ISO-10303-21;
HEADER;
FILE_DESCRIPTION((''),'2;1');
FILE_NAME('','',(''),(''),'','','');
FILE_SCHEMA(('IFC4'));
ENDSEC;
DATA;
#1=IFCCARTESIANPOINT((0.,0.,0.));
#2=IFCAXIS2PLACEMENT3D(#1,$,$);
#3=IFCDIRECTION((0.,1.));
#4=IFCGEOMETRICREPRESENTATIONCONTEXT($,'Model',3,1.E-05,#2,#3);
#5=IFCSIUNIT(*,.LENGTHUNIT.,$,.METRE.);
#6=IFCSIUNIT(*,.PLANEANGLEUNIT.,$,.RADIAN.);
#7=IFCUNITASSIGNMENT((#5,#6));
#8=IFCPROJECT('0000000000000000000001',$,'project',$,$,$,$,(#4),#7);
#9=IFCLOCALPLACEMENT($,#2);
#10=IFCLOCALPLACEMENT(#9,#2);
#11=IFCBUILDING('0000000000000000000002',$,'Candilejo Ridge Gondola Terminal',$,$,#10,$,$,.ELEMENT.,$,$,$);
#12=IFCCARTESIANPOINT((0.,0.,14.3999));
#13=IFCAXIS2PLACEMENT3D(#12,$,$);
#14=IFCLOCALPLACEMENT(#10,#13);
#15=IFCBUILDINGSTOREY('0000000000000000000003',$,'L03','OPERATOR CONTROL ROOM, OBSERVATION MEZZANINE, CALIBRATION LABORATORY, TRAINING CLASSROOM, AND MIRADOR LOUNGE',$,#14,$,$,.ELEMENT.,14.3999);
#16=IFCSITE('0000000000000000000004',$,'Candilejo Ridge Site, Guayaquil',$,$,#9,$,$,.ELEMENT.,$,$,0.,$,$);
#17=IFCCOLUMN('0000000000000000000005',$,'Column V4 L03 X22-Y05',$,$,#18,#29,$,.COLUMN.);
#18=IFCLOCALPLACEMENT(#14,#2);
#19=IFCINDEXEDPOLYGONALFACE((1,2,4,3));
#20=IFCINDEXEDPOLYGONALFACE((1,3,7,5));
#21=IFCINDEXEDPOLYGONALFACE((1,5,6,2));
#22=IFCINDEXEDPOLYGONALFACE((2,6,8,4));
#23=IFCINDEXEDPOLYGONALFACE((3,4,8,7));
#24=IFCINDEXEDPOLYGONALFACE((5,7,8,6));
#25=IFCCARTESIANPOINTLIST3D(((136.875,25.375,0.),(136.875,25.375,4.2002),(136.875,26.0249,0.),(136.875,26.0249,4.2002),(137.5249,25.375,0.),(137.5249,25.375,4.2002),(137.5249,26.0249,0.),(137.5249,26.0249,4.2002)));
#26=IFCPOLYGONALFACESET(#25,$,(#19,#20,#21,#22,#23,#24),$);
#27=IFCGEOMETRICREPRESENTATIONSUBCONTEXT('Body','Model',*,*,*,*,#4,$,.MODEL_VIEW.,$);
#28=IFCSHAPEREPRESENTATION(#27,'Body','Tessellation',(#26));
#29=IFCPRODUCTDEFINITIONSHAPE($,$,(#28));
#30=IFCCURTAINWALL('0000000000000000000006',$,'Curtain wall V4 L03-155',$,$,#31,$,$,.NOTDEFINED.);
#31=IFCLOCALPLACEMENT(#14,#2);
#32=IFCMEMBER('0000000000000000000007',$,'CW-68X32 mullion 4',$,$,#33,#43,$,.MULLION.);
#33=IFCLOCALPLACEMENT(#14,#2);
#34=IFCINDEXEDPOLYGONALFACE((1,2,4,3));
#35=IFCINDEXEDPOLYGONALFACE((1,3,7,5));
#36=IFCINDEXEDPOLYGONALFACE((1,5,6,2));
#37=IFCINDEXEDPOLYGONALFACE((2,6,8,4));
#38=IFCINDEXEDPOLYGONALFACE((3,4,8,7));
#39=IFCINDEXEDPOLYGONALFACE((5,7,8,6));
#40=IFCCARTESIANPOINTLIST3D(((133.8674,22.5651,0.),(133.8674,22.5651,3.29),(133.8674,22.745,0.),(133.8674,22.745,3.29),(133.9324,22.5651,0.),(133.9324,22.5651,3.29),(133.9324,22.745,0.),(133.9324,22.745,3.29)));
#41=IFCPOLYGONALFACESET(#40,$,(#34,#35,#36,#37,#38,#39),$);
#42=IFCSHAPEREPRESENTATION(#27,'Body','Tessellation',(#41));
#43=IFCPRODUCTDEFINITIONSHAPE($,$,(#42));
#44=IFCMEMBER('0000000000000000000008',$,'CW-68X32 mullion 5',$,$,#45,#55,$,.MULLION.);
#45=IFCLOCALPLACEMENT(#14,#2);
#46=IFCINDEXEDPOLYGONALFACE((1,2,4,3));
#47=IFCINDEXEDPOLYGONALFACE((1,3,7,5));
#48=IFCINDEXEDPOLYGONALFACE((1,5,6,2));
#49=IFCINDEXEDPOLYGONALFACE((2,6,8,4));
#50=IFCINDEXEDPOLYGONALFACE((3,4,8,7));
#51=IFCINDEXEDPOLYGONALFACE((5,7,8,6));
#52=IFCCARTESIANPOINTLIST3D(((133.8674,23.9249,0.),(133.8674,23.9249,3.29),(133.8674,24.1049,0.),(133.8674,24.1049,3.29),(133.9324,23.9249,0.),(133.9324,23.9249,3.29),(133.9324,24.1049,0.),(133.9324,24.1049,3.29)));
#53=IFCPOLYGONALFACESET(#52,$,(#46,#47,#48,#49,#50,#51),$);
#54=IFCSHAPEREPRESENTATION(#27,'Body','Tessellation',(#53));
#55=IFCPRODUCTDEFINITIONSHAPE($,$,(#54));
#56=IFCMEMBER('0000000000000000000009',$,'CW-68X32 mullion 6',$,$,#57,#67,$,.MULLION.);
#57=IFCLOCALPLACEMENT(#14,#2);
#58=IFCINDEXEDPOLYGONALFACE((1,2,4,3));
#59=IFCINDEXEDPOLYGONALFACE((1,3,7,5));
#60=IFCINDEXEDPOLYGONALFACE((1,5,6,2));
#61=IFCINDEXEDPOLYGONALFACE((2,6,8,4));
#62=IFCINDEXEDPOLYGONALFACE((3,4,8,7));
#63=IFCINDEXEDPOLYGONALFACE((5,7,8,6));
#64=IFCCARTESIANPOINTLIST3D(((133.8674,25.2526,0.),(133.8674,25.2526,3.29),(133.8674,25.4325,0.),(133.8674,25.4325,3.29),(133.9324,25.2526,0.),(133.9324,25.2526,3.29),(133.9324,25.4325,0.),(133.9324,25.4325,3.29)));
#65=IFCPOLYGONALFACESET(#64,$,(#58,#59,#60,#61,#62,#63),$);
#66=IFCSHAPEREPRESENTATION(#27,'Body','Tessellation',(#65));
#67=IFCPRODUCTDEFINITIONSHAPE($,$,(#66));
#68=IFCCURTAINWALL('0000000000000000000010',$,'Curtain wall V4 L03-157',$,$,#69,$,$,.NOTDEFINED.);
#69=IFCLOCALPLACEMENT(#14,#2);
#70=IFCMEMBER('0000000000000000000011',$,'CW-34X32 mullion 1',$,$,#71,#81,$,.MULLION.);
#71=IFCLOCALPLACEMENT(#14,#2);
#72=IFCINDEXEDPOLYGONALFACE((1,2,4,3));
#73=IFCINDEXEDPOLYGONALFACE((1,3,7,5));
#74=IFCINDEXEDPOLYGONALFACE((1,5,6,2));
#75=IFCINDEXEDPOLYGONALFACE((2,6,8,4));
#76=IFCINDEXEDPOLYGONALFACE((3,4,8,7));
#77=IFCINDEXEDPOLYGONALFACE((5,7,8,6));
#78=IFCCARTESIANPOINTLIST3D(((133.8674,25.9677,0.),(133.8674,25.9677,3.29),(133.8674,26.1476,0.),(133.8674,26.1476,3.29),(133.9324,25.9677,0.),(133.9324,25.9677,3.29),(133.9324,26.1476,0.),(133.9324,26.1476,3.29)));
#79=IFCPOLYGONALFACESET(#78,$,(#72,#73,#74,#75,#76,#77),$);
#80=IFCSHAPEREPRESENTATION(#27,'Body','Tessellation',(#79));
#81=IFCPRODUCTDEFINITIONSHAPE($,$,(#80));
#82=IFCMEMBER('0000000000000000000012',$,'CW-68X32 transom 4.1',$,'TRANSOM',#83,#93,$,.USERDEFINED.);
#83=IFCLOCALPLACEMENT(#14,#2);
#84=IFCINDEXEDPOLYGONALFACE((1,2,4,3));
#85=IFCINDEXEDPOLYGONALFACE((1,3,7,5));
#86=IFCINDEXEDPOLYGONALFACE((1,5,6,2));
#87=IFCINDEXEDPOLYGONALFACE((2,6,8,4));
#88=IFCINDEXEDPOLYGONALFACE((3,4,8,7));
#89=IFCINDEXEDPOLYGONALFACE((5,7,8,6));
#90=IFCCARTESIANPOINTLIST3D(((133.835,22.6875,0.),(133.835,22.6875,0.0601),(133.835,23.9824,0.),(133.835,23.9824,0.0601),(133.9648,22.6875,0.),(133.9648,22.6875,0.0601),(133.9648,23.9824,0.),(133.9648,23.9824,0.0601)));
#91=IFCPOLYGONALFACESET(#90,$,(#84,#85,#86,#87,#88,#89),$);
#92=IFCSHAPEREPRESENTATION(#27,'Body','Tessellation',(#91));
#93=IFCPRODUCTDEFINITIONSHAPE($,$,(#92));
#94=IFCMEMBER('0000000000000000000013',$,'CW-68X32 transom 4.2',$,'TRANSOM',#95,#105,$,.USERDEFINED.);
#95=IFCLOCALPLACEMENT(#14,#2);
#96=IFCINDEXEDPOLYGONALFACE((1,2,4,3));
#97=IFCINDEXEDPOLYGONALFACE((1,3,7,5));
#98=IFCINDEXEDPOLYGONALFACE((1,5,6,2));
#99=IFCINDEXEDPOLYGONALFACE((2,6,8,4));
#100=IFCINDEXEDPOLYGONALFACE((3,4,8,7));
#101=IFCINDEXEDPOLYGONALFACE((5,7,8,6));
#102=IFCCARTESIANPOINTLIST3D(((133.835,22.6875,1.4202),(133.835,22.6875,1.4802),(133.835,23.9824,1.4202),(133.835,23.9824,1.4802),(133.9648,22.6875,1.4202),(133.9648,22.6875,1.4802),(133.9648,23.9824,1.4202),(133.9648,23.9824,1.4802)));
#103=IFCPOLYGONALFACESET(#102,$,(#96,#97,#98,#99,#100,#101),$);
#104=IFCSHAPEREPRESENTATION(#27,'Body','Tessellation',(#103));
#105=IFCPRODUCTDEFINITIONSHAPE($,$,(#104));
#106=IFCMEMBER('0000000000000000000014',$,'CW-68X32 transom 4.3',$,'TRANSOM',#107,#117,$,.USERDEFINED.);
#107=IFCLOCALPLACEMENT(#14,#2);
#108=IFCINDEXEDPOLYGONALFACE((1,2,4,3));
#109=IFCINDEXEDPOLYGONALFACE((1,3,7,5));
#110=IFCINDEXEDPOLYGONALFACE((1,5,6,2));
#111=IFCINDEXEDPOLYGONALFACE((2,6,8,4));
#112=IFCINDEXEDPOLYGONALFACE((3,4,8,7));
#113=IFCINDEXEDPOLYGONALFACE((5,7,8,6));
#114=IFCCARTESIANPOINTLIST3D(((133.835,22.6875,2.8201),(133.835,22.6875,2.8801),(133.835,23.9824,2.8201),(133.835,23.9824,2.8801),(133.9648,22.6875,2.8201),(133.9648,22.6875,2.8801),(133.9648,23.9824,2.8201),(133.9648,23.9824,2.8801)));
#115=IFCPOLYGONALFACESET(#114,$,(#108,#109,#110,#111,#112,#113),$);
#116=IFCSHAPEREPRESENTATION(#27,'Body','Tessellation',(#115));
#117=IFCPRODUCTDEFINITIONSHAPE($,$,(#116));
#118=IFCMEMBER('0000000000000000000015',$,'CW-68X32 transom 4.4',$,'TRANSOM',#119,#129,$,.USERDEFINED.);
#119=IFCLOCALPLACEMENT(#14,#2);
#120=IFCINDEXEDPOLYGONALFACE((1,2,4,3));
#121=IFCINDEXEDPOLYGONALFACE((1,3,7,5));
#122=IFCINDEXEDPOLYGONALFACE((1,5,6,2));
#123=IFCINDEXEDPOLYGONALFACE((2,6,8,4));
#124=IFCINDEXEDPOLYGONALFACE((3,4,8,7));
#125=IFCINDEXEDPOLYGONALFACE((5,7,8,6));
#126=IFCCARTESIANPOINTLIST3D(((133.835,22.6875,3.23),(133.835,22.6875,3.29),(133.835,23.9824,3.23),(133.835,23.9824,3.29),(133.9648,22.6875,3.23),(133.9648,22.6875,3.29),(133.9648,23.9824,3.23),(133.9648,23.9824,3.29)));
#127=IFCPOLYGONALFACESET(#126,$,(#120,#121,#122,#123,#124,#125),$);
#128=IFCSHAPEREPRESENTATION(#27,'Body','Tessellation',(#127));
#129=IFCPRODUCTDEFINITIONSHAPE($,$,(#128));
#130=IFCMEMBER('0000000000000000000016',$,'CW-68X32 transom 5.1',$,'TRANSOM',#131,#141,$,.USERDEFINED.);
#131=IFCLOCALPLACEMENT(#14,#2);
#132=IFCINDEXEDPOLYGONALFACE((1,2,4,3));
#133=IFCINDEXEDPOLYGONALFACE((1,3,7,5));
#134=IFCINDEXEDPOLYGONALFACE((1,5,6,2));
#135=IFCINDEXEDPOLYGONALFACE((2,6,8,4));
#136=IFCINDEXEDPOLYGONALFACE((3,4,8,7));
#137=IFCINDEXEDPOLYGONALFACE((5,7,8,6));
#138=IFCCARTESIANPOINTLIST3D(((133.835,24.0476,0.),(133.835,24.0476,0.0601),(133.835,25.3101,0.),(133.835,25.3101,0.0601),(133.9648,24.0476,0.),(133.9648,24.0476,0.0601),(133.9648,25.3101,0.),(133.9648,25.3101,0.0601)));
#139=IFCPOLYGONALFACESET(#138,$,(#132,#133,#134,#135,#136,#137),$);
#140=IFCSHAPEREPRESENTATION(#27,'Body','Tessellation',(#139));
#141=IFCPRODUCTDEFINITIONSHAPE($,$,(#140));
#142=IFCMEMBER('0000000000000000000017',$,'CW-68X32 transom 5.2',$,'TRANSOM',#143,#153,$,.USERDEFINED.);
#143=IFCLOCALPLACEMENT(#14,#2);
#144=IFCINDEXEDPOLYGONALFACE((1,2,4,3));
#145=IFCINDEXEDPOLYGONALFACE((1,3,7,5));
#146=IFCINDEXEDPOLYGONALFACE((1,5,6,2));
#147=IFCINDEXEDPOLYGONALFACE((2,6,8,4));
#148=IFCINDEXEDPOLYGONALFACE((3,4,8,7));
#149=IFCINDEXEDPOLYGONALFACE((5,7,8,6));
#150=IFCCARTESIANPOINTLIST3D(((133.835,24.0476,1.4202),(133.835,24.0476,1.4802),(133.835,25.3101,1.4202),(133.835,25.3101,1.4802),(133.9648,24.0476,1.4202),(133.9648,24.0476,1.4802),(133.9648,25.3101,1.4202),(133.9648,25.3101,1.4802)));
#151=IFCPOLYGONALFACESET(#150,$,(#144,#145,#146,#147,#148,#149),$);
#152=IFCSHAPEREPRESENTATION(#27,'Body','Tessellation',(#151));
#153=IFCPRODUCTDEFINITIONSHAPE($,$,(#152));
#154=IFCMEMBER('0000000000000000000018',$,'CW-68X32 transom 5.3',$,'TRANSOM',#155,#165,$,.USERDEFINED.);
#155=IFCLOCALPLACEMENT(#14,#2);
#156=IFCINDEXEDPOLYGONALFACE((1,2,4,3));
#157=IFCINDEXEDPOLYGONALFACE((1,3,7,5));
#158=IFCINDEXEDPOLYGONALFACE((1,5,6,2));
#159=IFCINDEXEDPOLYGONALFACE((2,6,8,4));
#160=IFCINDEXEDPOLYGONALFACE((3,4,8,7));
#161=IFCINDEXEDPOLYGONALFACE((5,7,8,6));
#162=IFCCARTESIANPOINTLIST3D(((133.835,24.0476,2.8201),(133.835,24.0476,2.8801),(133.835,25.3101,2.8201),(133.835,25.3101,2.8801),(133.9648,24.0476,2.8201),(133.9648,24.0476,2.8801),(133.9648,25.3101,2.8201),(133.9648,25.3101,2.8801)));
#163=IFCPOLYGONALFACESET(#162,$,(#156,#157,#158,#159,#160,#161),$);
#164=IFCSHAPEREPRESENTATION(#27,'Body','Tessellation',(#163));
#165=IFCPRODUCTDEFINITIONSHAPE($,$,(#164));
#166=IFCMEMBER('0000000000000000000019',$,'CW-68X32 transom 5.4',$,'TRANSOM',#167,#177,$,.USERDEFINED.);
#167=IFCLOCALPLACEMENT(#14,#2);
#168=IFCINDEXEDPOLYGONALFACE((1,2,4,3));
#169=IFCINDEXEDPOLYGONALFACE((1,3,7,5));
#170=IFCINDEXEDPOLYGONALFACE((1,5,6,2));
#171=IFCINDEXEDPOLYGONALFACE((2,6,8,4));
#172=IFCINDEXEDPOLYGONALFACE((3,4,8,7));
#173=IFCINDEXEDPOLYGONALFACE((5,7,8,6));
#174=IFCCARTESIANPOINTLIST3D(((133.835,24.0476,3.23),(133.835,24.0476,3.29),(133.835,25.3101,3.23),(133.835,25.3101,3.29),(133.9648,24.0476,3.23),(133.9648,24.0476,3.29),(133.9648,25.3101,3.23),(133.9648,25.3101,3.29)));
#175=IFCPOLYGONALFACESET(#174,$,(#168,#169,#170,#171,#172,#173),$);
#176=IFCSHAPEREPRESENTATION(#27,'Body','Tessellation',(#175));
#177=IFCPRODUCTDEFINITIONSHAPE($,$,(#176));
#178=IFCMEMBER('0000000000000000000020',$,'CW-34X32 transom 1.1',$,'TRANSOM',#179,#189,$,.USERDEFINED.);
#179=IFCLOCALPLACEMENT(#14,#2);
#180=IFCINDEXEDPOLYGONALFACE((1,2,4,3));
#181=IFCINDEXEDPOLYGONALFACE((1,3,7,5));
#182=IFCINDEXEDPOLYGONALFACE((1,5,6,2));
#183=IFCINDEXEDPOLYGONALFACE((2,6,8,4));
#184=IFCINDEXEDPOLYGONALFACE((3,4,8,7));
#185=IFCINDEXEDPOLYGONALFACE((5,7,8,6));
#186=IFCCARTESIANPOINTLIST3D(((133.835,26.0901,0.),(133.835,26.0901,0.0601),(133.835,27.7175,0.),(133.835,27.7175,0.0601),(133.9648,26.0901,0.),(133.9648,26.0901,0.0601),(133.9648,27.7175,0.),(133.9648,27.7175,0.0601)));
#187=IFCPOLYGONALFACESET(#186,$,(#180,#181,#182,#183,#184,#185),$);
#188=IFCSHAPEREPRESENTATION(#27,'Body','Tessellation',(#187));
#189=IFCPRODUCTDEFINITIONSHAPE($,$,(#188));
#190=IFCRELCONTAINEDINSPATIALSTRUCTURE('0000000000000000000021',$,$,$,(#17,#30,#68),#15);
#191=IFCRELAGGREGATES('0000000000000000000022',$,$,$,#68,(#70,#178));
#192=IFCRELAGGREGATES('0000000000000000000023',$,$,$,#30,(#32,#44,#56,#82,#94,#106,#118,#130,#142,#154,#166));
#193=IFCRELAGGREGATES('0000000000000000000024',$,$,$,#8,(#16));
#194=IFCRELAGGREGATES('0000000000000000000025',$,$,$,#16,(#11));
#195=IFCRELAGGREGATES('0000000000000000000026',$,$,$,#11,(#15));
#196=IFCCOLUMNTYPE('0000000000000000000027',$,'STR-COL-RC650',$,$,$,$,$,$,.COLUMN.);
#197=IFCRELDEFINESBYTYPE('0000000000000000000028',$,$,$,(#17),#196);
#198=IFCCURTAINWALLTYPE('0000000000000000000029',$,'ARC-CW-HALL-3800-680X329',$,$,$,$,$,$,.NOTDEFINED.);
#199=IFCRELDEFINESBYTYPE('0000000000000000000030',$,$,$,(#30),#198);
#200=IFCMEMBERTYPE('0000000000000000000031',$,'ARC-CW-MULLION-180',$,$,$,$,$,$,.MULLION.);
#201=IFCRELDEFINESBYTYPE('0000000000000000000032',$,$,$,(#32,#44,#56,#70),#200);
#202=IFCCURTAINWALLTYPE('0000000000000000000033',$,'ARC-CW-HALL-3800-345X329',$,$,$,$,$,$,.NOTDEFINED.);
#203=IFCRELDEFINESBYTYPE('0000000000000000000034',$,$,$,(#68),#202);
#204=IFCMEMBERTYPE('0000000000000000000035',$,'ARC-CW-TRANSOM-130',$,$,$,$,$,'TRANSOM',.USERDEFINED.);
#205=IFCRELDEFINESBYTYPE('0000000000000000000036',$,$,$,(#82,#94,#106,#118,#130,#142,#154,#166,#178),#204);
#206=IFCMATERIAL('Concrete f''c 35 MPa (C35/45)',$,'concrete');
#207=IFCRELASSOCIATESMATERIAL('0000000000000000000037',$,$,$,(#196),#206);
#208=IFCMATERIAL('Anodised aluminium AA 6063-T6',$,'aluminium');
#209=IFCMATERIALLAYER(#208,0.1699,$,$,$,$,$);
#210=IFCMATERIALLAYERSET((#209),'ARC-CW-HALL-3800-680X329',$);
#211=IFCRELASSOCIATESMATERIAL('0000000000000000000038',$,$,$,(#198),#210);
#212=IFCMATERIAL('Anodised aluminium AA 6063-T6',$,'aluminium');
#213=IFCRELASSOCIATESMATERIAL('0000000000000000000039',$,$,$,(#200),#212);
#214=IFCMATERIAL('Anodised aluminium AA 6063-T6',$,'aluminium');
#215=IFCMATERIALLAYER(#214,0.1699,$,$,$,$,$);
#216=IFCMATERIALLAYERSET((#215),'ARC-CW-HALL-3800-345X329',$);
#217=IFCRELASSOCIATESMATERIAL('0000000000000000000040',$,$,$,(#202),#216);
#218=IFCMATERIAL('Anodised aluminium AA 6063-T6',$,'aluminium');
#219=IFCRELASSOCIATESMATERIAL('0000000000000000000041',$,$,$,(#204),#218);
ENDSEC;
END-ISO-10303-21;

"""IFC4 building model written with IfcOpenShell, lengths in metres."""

from ifc_helpers import new_model, si_unit, direction, frame, origin, origin_2d, place, context, subcontext, project, spatial, rectangle, extrude, material, layer, layer_set, material_profile, profile_set, type_object, element, aggregate, save


model = new_model("IFC4")

# Units and contexts
model_context = context("Model", 3, precision=1e-05, world=origin(), true_north=direction((0.0, 1.0)))
body_context = subcontext(model_context, "Body", "Model", "MODEL_VIEW")
ifc_project = project(units=[si_unit("LENGTHUNIT", "METRE"), si_unit("PLANEANGLEUNIT", "RADIAN")], contexts=[model_context])

# Site, building, storey
site_placement = place(None, origin())
site = spatial("IfcSite", under=ifc_project, at=site_placement, Name="Candilejo Ridge Site, Guayaquil", CompositionType="ELEMENT", RefElevation=0.0)
building_placement = place(site_placement, origin())
building = spatial("IfcBuilding", under=site, at=building_placement, Name="Candilejo Ridge Gondola Terminal", CompositionType="ELEMENT")
storey_placement = place(building_placement, frame((0.0, 0.0, 14.3999)))
storey = spatial("IfcBuildingStorey", under=building, at=storey_placement, Name="L03", Description="OPERATOR CONTROL ROOM, OBSERVATION MEZZANINE, CALIBRATION LABORATORY, TRAINING CLASSROOM, AND MIRADOR LOUNGE", CompositionType="ELEMENT", Elevation=14.3999)

# Column
ifc_material_1 = material(Name="Concrete f'c 35 MPa (C35/45)", Category="concrete")
ifc_material_profile_1 = material_profile(ifc_material_1, rectangle(XDim=0.6499, YDim=0.6499, at=origin_2d()))
ifc_profile_set_1 = profile_set([ifc_material_profile_1], Name="Concrete f'c 35 MPa (C35/45)")
column_type = type_object("IfcColumnType", Name="STR-COL-RC650", PredefinedType="COLUMN", material=ifc_profile_set_1)
column_placement = place(storey_placement, frame((137.2, 25.7, 0.0), z_axis=(0.0, 0.0, 1.0), x_axis=(1.0, 0.0, 0.0)))
element("IfcColumn", 1, at=column_placement, inside=storey, type_object=column_type, Name="Column V4 L03 X22-Y05", PredefinedType="COLUMN", context=body_context, shape_type="SweptSolid", body=[
    extrude(rectangle(XDim=0.6499, YDim=0.6499, at=origin_2d()), origin(), (0.0, 0.0, 1.0), 4.2002),
])

# Curtain wall, members
ifc_material_2 = material(Name="Anodised aluminium AA 6063-T6", Category="aluminium")
ifc_layer_1 = layer(ifc_material_2, 0.1699)
ifc_layer_set_1 = layer_set([ifc_layer_1], Name="ARC-CW-HALL-3800-680X329")
curtain_wall_type_1 = type_object("IfcCurtainWallType", Name="ARC-CW-HALL-3800-680X329", PredefinedType="NOTDEFINED", material=ifc_layer_set_1)
curtain_wall_1_placement = place(storey_placement, origin())
curtain_wall_1 = element("IfcCurtainWall", 2, at=curtain_wall_1_placement, inside=storey, type_object=curtain_wall_type_1, Name="Curtain wall V4 L03-155", PredefinedType="NOTDEFINED")
ifc_material_3 = material(Name="Anodised aluminium AA 6063-T6", Category="aluminium")
ifc_material_profile_2 = material_profile(ifc_material_3, rectangle(XDim=0.0649, YDim=0.1799, at=origin_2d()))
ifc_profile_set_2 = profile_set([ifc_material_profile_2], Name="Anodised aluminium AA 6063-T6")
member_type_1 = type_object("IfcMemberType", Name="ARC-CW-MULLION-180", PredefinedType="MULLION", material=ifc_profile_set_2)
member_1_placement = place(storey_placement, frame((133.8999, 22.655, 0.0), z_axis=(0.0, 0.0, 1.0), x_axis=(-1.0, 0.0, 0.0)))
member_1 = element("IfcMember", 3, at=member_1_placement, type_object=member_type_1, Name="CW-68X32 mullion 4", PredefinedType="MULLION", context=body_context, shape_type="SweptSolid", body=[
    extrude(rectangle(XDim=0.0649, YDim=0.1799, at=origin_2d()), origin(), (0.0, 0.0, 1.0), 3.29),
])
member_2_placement = place(storey_placement, frame((133.8999, 24.0149, 0.0), z_axis=(0.0, 0.0, 1.0), x_axis=(-1.0, 0.0, 0.0)))
member_2 = element("IfcMember", 4, at=member_2_placement, type_object=member_type_1, Name="CW-68X32 mullion 5", PredefinedType="MULLION", context=body_context, shape_type="SweptSolid", body=[
    extrude(rectangle(XDim=0.0649, YDim=0.1799, at=origin_2d()), origin(), (0.0, 0.0, 1.0), 3.29),
])
member_3_placement = place(storey_placement, frame((133.8999, 25.3425, 0.0), z_axis=(0.0, 0.0, 1.0), x_axis=(-1.0, 0.0, 0.0)))
member_3 = element("IfcMember", 5, at=member_3_placement, type_object=member_type_1, Name="CW-68X32 mullion 6", PredefinedType="MULLION", context=body_context, shape_type="SweptSolid", body=[
    extrude(rectangle(XDim=0.0649, YDim=0.1799, at=origin_2d()), origin(), (0.0, 0.0, 1.0), 3.29),
])

# Curtain wall, member
ifc_material_4 = material(Name="Anodised aluminium AA 6063-T6", Category="aluminium")
ifc_layer_2 = layer(ifc_material_4, 0.1699)
ifc_layer_set_2 = layer_set([ifc_layer_2], Name="ARC-CW-HALL-3800-345X329")
curtain_wall_type_2 = type_object("IfcCurtainWallType", Name="ARC-CW-HALL-3800-345X329", PredefinedType="NOTDEFINED", material=ifc_layer_set_2)
curtain_wall_2_placement = place(storey_placement, origin())
curtain_wall_2 = element("IfcCurtainWall", 6, at=curtain_wall_2_placement, inside=storey, type_object=curtain_wall_type_2, Name="Curtain wall V4 L03-157", PredefinedType="NOTDEFINED")
member_4_placement = place(storey_placement, frame((133.8999, 26.0576, 0.0), z_axis=(0.0, 0.0, 1.0), x_axis=(-1.0, 0.0, 0.0)))
member_4 = element("IfcMember", 7, at=member_4_placement, type_object=member_type_1, Name="CW-34X32 mullion 1", PredefinedType="MULLION", context=body_context, shape_type="SweptSolid", body=[
    extrude(rectangle(XDim=0.0649, YDim=0.1799, at=origin_2d()), origin(), (0.0, 0.0, 1.0), 3.29),
])

# Members
ifc_material_5 = material(Name="Anodised aluminium AA 6063-T6", Category="aluminium")
ifc_material_profile_3 = material_profile(ifc_material_5, rectangle(XDim=0.1299, YDim=0.0601, at=origin_2d()))
ifc_profile_set_3 = profile_set([ifc_material_profile_3], Name="Anodised aluminium AA 6063-T6")
member_type_2 = type_object("IfcMemberType", Name="ARC-CW-TRANSOM-130", ElementType="TRANSOM", PredefinedType="USERDEFINED", material=ifc_profile_set_3)
member_5_placement = place(storey_placement, frame((133.8999, 22.6875, 0.03), z_axis=(0.0, 1.0, 0.0), x_axis=(-1.0, 0.0, 0.0)))
member_5 = element("IfcMember", 8, at=member_5_placement, type_object=member_type_2, Name="CW-68X32 transom 4.1", ObjectType="TRANSOM", PredefinedType="USERDEFINED", context=body_context, shape_type="SweptSolid", body=[
    extrude(rectangle(XDim=0.1299, YDim=0.0601, at=origin_2d()), origin(), (0.0, 0.0, 1.0), 1.2949),
])
member_6_placement = place(storey_placement, frame((133.8999, 22.6875, 1.4502), z_axis=(0.0, 1.0, 0.0), x_axis=(-1.0, 0.0, 0.0)))
member_6 = element("IfcMember", 9, at=member_6_placement, type_object=member_type_2, Name="CW-68X32 transom 4.2", ObjectType="TRANSOM", PredefinedType="USERDEFINED", context=body_context, shape_type="SweptSolid", body=[
    extrude(rectangle(XDim=0.1299, YDim=0.0601, at=origin_2d()), origin(), (0.0, 0.0, 1.0), 1.2949),
])
member_7_placement = place(storey_placement, frame((133.8999, 22.6875, 2.8501), z_axis=(0.0, 1.0, 0.0), x_axis=(-1.0, 0.0, 0.0)))
member_7 = element("IfcMember", 10, at=member_7_placement, type_object=member_type_2, Name="CW-68X32 transom 4.3", ObjectType="TRANSOM", PredefinedType="USERDEFINED", context=body_context, shape_type="SweptSolid", body=[
    extrude(rectangle(XDim=0.1299, YDim=0.0601, at=origin_2d()), origin(), (0.0, 0.0, 1.0), 1.2949),
])
member_8_placement = place(storey_placement, frame((133.8999, 22.6875, 3.26), z_axis=(0.0, 1.0, 0.0), x_axis=(-1.0, 0.0, 0.0)))
member_8 = element("IfcMember", 11, at=member_8_placement, type_object=member_type_2, Name="CW-68X32 transom 4.4", ObjectType="TRANSOM", PredefinedType="USERDEFINED", context=body_context, shape_type="SweptSolid", body=[
    extrude(rectangle(XDim=0.1299, YDim=0.0601, at=origin_2d()), origin(), (0.0, 0.0, 1.0), 1.2949),
])
member_9_placement = place(storey_placement, frame((133.8999, 24.0476, 0.03), z_axis=(0.0, 1.0, 0.0), x_axis=(-1.0, 0.0, 0.0)))
member_9 = element("IfcMember", 12, at=member_9_placement, type_object=member_type_2, Name="CW-68X32 transom 5.1", ObjectType="TRANSOM", PredefinedType="USERDEFINED", context=body_context, shape_type="SweptSolid", body=[
    extrude(rectangle(XDim=0.1299, YDim=0.0601, at=origin_2d()), origin(), (0.0, 0.0, 1.0), 1.2625),
])
member_10_placement = place(storey_placement, frame((133.8999, 24.0476, 1.4502), z_axis=(0.0, 1.0, 0.0), x_axis=(-1.0, 0.0, 0.0)))
member_10 = element("IfcMember", 13, at=member_10_placement, type_object=member_type_2, Name="CW-68X32 transom 5.2", ObjectType="TRANSOM", PredefinedType="USERDEFINED", context=body_context, shape_type="SweptSolid", body=[
    extrude(rectangle(XDim=0.1299, YDim=0.0601, at=origin_2d()), origin(), (0.0, 0.0, 1.0), 1.2625),
])
member_11_placement = place(storey_placement, frame((133.8999, 24.0476, 2.8501), z_axis=(0.0, 1.0, 0.0), x_axis=(-1.0, 0.0, 0.0)))
member_11 = element("IfcMember", 14, at=member_11_placement, type_object=member_type_2, Name="CW-68X32 transom 5.3", ObjectType="TRANSOM", PredefinedType="USERDEFINED", context=body_context, shape_type="SweptSolid", body=[
    extrude(rectangle(XDim=0.1299, YDim=0.0601, at=origin_2d()), origin(), (0.0, 0.0, 1.0), 1.2625),
])
member_12_placement = place(storey_placement, frame((133.8999, 24.0476, 3.26), z_axis=(0.0, 1.0, 0.0), x_axis=(-1.0, 0.0, 0.0)))
member_12 = element("IfcMember", 15, at=member_12_placement, type_object=member_type_2, Name="CW-68X32 transom 5.4", ObjectType="TRANSOM", PredefinedType="USERDEFINED", context=body_context, shape_type="SweptSolid", body=[
    extrude(rectangle(XDim=0.1299, YDim=0.0601, at=origin_2d()), origin(), (0.0, 0.0, 1.0), 1.2625),
])
member_13_placement = place(storey_placement, frame((133.8999, 26.0901, 0.03), z_axis=(0.0, 1.0, 0.0), x_axis=(-1.0, 0.0, 0.0)))
member_13 = element("IfcMember", 16, at=member_13_placement, type_object=member_type_2, Name="CW-34X32 transom 1.1", ObjectType="TRANSOM", PredefinedType="USERDEFINED", context=body_context, shape_type="SweptSolid", body=[
    extrude(rectangle(XDim=0.1299, YDim=0.0601, at=origin_2d()), origin(), (0.0, 0.0, 1.0), 1.6274),
])
aggregate(curtain_wall_2, [member_4, member_13])

aggregate(curtain_wall_1, [member_1, member_2, member_3, member_5, member_6, member_7, member_8, member_9, member_10, member_11, member_12])

save(model, "model.ifc")
